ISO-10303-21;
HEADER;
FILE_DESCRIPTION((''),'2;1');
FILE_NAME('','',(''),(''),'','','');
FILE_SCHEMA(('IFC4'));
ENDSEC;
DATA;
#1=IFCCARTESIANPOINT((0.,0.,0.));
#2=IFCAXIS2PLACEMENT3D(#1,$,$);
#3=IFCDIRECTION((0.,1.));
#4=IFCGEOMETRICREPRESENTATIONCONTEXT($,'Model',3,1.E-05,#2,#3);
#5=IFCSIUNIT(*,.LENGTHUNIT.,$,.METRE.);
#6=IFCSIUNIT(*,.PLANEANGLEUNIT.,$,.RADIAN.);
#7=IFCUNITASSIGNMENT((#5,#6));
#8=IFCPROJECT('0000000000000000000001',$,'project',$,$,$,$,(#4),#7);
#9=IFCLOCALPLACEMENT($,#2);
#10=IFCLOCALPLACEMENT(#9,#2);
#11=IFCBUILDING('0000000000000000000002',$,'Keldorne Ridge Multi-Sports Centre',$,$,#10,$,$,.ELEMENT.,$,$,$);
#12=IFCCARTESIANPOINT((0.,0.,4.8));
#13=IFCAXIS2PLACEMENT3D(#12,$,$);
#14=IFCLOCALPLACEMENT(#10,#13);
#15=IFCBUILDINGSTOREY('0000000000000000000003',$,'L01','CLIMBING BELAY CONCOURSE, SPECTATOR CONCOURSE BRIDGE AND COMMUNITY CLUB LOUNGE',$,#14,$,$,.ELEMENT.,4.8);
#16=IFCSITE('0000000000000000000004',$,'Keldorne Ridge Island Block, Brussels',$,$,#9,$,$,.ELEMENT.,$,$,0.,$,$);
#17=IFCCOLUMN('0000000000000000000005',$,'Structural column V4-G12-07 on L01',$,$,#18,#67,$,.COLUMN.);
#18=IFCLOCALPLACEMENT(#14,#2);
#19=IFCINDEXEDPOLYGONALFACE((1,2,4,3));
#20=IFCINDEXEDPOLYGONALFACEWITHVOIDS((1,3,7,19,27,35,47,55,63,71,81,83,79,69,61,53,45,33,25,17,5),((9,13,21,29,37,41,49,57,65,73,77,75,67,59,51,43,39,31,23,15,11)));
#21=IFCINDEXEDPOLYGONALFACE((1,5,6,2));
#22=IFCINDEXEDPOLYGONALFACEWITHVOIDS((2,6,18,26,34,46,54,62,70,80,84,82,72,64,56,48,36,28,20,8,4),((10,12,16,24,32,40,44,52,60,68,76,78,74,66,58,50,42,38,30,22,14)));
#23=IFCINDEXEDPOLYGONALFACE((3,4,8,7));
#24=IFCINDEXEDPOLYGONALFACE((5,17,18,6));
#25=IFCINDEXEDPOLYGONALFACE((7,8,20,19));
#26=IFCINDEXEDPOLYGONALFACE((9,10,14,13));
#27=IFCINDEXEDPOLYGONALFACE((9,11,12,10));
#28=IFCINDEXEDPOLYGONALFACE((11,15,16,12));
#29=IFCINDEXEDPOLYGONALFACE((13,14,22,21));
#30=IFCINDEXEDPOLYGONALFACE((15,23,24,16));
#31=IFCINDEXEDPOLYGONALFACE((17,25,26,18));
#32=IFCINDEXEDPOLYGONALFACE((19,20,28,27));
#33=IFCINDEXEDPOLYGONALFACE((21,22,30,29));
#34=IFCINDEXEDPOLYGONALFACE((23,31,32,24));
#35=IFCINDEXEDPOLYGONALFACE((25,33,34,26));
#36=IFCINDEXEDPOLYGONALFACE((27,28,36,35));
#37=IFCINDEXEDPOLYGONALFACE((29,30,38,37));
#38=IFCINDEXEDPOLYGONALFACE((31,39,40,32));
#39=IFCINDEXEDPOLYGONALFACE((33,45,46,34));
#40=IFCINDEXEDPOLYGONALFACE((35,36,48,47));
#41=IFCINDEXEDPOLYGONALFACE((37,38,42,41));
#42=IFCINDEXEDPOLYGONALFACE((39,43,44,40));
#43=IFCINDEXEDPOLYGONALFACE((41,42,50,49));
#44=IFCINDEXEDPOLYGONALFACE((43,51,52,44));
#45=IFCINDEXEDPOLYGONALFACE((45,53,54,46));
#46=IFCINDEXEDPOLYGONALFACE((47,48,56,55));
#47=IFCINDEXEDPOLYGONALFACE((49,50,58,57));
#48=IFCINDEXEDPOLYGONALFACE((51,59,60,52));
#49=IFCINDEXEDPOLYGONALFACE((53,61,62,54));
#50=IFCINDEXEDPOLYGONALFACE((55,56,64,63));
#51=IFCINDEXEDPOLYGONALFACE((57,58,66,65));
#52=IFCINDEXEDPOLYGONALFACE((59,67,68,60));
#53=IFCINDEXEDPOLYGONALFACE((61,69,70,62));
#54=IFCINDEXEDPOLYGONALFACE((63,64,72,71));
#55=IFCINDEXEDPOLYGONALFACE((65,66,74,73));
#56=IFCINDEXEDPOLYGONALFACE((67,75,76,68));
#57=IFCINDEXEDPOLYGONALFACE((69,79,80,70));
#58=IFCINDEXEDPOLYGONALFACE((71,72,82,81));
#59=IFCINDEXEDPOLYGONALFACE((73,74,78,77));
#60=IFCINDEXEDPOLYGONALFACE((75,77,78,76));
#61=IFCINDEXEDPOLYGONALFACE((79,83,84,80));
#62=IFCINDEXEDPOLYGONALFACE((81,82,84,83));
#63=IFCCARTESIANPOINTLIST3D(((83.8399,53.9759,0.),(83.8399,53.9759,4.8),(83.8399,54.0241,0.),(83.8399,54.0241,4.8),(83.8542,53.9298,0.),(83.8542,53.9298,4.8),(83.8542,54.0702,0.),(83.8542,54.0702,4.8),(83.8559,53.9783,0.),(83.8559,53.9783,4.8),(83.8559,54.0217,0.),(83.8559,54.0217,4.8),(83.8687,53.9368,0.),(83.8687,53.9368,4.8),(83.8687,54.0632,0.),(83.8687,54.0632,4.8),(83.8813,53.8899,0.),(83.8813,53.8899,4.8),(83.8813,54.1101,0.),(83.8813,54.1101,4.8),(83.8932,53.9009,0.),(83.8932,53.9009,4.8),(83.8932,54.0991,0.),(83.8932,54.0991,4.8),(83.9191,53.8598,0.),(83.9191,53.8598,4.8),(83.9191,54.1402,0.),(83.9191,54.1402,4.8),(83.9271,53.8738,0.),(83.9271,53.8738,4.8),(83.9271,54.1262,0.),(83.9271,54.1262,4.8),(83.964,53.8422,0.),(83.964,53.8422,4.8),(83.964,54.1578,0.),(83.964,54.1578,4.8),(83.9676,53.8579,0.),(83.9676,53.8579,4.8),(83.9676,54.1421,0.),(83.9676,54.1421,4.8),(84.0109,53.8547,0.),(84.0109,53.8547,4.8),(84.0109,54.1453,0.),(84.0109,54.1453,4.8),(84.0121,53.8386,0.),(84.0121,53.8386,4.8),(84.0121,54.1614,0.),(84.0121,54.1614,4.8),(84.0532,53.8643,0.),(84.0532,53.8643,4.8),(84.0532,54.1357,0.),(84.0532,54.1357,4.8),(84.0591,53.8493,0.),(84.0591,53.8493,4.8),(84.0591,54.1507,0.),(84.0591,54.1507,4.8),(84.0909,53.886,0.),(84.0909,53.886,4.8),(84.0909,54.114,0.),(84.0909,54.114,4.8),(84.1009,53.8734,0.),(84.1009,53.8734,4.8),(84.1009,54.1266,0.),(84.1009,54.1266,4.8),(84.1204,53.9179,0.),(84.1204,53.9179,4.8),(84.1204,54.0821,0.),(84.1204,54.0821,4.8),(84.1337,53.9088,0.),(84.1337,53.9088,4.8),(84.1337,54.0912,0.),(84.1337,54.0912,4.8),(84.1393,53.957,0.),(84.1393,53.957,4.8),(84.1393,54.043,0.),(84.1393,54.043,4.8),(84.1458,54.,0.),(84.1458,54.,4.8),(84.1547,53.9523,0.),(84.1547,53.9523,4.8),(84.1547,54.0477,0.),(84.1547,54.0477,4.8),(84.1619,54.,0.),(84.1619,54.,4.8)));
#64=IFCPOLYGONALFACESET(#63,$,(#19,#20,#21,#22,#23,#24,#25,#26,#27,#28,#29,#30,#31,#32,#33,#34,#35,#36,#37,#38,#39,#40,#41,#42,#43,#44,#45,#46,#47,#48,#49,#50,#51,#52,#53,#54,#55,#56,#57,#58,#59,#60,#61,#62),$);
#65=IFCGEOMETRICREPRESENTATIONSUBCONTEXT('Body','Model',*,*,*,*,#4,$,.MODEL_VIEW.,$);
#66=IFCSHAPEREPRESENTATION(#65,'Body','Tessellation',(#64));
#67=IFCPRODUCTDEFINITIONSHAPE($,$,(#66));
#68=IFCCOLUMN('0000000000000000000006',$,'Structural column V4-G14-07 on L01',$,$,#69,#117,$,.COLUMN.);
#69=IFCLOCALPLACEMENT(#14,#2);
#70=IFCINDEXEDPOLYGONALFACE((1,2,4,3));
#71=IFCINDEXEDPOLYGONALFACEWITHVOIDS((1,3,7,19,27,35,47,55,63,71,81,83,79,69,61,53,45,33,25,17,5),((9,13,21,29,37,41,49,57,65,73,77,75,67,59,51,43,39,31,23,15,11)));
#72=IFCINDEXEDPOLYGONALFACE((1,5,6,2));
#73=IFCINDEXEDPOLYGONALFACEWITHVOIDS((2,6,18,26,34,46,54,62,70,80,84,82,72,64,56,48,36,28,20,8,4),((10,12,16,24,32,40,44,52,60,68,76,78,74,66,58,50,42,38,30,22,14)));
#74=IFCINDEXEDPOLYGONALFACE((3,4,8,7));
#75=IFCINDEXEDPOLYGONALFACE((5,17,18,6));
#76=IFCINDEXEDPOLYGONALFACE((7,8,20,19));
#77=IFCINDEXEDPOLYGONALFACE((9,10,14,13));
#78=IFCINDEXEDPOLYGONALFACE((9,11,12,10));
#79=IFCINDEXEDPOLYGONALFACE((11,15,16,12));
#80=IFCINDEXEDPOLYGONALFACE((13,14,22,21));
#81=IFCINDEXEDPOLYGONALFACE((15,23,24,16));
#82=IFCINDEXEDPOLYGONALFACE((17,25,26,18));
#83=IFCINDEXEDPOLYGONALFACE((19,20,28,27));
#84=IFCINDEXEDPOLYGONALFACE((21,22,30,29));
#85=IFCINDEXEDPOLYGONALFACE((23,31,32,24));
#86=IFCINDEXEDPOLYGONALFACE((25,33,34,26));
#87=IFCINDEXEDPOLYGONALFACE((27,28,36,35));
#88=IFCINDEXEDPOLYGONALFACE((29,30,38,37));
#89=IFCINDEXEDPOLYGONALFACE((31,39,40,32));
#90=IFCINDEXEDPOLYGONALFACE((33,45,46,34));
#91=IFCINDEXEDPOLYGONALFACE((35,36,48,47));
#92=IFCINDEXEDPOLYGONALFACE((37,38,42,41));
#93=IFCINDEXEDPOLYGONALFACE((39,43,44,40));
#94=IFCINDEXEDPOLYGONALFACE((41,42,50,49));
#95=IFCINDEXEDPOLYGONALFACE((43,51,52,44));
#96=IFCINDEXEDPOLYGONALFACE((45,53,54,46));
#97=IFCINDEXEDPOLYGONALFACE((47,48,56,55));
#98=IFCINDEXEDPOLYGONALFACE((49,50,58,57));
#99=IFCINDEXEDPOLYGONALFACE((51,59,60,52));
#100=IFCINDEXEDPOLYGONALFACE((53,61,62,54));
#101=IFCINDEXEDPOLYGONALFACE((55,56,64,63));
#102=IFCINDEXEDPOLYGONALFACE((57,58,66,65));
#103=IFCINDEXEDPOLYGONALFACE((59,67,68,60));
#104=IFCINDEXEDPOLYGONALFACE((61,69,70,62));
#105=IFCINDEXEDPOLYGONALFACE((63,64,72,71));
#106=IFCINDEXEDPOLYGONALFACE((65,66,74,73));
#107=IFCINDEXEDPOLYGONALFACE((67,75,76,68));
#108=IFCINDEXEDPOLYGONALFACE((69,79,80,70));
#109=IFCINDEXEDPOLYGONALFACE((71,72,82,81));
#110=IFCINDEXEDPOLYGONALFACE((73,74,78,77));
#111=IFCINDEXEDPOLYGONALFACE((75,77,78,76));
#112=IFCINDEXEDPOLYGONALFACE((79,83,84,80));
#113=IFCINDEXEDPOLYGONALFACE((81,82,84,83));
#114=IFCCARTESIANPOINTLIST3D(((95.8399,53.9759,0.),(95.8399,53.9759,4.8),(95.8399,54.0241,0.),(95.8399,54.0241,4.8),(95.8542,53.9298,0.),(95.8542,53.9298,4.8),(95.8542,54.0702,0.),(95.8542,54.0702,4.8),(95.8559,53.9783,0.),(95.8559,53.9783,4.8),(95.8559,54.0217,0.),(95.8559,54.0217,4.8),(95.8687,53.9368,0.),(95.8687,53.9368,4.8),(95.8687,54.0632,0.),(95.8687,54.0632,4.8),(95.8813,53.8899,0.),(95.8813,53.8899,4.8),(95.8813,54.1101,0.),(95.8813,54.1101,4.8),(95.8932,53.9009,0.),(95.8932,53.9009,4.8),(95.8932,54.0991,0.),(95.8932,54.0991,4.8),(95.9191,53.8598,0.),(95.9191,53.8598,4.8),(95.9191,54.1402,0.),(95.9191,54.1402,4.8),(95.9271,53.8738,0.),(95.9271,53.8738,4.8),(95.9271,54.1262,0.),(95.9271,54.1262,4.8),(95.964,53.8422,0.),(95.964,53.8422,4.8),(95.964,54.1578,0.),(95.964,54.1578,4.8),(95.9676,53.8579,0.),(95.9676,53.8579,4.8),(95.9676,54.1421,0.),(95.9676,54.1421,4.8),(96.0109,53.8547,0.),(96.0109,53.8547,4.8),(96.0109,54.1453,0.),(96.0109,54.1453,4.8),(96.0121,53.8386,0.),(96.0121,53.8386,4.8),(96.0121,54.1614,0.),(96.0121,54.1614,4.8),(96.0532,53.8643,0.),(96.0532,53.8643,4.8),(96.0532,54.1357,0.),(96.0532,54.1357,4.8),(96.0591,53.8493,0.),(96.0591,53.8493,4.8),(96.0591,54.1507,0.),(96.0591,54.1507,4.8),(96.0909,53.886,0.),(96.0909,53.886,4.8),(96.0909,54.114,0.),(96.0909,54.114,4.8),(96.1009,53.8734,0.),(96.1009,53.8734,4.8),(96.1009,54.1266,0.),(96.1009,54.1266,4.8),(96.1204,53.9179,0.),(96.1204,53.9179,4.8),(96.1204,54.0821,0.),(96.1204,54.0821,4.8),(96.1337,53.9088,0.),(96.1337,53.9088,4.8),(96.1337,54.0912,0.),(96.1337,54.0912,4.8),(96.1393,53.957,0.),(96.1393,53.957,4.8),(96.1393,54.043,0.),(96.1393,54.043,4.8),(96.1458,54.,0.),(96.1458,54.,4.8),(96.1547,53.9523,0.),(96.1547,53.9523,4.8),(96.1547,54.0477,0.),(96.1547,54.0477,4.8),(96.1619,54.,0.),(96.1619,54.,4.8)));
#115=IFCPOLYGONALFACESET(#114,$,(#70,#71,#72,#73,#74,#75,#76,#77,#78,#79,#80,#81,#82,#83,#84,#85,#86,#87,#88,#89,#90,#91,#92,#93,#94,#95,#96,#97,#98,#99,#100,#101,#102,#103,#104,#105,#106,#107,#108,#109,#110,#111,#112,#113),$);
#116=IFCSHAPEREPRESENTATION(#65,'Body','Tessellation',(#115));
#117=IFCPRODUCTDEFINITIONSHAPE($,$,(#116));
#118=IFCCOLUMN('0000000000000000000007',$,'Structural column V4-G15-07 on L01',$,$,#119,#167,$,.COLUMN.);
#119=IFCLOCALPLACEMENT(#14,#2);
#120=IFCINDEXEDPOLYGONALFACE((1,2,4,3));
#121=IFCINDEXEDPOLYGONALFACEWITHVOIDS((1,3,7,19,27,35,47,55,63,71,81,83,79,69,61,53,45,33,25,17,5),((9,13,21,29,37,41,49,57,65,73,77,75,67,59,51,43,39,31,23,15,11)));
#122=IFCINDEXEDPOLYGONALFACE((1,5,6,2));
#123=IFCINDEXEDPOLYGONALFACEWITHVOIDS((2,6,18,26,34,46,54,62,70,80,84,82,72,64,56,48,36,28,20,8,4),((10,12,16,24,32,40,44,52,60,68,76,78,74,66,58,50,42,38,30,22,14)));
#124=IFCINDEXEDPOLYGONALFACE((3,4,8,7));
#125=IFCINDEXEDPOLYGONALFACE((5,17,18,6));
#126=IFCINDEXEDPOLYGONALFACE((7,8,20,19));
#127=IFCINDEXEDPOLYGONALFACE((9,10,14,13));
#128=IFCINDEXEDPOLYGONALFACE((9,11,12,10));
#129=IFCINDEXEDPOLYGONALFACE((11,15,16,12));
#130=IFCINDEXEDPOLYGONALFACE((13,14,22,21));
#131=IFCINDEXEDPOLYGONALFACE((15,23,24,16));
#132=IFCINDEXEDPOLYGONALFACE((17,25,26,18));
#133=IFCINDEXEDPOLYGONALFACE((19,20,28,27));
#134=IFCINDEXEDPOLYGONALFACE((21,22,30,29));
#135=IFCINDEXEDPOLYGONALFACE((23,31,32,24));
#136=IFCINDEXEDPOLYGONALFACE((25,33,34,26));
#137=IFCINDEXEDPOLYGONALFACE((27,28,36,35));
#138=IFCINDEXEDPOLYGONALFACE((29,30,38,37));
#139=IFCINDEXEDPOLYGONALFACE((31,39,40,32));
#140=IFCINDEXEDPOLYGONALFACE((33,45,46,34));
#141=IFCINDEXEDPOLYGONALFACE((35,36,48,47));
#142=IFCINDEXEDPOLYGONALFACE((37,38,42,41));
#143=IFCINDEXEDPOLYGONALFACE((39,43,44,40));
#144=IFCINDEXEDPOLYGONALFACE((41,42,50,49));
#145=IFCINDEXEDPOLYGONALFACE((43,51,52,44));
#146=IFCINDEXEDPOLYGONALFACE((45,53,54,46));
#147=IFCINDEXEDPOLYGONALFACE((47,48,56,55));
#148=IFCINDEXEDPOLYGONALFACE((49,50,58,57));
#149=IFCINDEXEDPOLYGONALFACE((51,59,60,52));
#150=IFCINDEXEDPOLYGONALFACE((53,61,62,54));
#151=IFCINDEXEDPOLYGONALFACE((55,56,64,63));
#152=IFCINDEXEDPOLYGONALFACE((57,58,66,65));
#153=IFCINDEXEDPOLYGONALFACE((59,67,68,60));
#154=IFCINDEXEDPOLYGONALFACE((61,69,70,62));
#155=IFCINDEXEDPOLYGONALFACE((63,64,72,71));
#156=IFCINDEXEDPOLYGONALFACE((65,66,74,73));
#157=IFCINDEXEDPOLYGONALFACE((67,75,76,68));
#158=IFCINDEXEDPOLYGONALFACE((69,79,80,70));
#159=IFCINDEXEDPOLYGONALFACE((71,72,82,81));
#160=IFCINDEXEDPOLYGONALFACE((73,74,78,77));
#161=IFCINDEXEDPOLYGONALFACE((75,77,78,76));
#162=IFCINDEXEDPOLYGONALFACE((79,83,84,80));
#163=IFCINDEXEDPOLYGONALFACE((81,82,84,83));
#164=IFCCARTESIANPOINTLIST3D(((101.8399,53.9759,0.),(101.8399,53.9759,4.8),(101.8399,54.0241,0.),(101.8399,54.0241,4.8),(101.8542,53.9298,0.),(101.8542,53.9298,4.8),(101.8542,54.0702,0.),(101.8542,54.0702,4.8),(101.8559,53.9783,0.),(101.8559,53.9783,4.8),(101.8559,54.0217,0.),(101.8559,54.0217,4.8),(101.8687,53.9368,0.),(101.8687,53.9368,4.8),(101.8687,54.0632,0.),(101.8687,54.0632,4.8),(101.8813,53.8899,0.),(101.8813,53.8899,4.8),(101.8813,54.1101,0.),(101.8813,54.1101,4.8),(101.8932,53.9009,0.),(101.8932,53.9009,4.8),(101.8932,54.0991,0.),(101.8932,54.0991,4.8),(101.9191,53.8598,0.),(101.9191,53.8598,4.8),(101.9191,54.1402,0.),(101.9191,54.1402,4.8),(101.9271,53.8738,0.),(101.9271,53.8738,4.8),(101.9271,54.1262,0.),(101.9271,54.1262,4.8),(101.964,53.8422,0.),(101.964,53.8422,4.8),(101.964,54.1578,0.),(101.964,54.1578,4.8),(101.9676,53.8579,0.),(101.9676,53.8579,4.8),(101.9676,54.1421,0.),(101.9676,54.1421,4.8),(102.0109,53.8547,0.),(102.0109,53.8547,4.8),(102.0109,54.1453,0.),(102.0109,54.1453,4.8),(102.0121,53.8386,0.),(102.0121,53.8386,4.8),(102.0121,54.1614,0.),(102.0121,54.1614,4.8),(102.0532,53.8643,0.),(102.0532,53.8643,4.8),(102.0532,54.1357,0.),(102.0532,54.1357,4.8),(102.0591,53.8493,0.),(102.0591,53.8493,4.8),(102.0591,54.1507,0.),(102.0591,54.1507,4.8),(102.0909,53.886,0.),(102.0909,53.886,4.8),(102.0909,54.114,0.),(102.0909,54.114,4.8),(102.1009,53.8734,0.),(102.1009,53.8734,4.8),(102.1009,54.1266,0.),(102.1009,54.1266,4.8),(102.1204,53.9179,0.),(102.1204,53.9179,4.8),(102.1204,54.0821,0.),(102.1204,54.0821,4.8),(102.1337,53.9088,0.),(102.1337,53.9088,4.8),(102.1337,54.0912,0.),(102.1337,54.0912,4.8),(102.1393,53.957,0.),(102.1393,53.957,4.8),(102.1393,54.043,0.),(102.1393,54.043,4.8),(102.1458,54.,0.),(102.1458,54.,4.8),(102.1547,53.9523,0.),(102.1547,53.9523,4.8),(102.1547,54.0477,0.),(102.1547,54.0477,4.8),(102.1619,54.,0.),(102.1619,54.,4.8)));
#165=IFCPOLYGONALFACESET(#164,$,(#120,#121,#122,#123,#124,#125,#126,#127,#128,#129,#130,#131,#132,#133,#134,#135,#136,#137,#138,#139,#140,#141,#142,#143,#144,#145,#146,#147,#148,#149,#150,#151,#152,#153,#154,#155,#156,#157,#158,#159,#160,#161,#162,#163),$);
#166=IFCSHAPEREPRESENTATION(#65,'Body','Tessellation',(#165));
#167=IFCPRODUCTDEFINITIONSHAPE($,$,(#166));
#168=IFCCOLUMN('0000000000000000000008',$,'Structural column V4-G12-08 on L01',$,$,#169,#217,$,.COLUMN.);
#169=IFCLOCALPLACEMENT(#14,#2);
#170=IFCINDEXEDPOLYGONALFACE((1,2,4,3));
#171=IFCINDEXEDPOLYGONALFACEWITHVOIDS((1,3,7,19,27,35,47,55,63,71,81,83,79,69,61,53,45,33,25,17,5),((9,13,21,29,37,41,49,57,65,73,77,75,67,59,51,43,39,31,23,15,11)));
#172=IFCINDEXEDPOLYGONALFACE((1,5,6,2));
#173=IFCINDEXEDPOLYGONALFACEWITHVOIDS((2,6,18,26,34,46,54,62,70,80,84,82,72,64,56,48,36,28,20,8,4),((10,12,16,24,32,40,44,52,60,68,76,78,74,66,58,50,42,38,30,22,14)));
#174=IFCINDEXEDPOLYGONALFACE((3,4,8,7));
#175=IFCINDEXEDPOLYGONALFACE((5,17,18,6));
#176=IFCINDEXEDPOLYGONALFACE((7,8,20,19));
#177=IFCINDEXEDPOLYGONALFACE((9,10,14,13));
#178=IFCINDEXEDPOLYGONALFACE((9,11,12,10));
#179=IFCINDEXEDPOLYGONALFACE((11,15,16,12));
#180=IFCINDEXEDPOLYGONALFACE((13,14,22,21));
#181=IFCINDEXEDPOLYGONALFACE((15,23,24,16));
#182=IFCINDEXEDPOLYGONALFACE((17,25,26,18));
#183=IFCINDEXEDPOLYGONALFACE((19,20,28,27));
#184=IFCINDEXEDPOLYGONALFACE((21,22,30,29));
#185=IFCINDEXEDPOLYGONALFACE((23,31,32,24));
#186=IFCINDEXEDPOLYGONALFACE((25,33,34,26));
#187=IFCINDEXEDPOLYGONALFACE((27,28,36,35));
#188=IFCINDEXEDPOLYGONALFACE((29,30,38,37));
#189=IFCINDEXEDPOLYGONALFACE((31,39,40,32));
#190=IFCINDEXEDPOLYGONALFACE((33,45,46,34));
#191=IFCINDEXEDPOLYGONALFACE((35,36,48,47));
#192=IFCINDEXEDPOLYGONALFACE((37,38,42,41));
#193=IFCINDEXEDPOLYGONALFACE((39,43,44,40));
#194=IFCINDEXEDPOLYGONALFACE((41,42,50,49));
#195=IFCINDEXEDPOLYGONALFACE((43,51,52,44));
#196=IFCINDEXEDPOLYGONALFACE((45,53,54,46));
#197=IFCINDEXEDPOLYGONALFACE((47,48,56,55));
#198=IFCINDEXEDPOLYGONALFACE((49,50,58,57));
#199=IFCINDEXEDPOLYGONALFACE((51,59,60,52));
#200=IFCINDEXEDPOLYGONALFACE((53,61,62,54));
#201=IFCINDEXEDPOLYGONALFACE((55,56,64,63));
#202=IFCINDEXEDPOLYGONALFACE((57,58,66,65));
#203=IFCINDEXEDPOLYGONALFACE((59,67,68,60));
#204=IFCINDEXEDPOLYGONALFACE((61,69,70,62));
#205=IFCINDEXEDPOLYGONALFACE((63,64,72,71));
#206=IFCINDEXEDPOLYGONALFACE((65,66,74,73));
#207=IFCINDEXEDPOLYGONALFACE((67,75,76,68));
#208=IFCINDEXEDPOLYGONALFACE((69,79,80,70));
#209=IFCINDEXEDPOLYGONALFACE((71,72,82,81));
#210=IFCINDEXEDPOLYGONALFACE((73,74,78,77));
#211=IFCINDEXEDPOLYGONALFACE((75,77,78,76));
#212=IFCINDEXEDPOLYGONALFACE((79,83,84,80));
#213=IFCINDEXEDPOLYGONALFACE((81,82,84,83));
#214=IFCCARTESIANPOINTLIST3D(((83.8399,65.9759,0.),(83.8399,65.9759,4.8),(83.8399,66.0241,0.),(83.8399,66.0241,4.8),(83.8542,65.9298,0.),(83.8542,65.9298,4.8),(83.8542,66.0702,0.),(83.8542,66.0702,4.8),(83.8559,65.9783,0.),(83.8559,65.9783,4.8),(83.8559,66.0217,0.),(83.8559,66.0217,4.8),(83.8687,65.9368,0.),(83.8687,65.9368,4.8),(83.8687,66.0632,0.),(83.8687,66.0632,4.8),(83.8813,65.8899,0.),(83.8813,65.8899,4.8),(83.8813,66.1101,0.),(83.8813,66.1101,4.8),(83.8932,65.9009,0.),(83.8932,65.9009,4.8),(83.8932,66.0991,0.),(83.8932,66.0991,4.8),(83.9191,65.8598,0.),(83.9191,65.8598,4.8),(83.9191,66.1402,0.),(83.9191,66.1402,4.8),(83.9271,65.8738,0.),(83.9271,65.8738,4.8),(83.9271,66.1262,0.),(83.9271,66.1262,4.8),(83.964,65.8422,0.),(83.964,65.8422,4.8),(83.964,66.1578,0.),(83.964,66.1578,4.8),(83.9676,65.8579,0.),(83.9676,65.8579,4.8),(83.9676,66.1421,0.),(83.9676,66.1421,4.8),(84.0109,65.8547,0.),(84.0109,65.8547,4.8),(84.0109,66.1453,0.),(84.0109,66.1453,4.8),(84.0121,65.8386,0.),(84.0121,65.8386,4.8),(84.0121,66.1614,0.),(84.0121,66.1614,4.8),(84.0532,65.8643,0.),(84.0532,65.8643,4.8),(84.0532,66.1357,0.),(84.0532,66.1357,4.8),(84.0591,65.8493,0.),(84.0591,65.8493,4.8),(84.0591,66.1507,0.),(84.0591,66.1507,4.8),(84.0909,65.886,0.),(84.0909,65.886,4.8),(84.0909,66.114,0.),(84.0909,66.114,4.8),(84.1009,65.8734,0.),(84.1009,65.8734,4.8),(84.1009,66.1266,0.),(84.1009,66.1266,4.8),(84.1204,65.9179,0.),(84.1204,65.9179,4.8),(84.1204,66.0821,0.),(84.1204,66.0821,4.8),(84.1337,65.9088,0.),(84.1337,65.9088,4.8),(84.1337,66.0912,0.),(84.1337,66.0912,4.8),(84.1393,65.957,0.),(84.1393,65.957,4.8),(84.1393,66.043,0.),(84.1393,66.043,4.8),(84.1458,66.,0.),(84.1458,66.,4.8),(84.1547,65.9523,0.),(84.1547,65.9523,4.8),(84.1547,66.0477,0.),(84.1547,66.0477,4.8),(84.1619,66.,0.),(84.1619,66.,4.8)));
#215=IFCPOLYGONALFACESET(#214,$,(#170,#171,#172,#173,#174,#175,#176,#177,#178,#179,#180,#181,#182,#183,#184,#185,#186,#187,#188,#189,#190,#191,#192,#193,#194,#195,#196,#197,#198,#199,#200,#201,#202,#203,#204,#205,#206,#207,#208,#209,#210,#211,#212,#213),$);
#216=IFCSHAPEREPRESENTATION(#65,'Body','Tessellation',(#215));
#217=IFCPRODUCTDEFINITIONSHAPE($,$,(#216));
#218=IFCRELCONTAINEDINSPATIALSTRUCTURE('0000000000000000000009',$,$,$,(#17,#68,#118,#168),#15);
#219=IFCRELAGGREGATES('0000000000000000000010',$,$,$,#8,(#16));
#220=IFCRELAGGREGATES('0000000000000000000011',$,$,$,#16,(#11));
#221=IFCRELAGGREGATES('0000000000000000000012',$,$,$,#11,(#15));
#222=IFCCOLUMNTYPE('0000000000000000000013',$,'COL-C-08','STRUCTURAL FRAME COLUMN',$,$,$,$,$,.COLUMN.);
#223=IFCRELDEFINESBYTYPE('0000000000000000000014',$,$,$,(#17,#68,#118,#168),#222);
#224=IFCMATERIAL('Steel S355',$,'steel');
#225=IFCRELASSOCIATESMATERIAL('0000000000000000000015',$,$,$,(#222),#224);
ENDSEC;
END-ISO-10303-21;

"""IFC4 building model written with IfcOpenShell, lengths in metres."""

from ifc_helpers import new_model, si_unit, direction, frame, origin, origin_2d, place, context, subcontext, project, spatial, hollow_circle, extrude, material, material_profile, profile_set, type_object, element, save


model = new_model("IFC4")

# Units and contexts
model_context = context("Model", 3, precision=1e-05, world=origin(), true_north=direction((0.0, 1.0)))
body_context = subcontext(model_context, "Body", "Model", "MODEL_VIEW")
ifc_project = project(units=[si_unit("LENGTHUNIT", "METRE"), si_unit("PLANEANGLEUNIT", "RADIAN")], contexts=[model_context])

# Site, building, storey
site_placement = place(None, origin())
site = spatial("IfcSite", under=ifc_project, at=site_placement, Name="Keldorne Ridge Island Block, Brussels", CompositionType="ELEMENT", RefElevation=0.0)
building_placement = place(site_placement, origin())
building = spatial("IfcBuilding", under=site, at=building_placement, Name="Keldorne Ridge Multi-Sports Centre", CompositionType="ELEMENT")
storey_placement = place(building_placement, frame((0.0, 0.0, 4.8)))
storey = spatial("IfcBuildingStorey", under=building, at=storey_placement, Name="L01", Description="CLIMBING BELAY CONCOURSE, SPECTATOR CONCOURSE BRIDGE AND COMMUNITY CLUB LOUNGE", CompositionType="ELEMENT", Elevation=4.8)

# Columns
ifc_material_1 = material(Name="Steel S355", Category="steel")
ifc_material_profile_1 = material_profile(ifc_material_1, hollow_circle(Radius=0.1619, WallThickness=0.0161, at=origin_2d()), Name="CHS 323.9x16")
ifc_profile_set_1 = profile_set([ifc_material_profile_1], Name="Steel S355")
column_type = type_object("IfcColumnType", Name="COL-C-08", Description="STRUCTURAL FRAME COLUMN", PredefinedType="COLUMN", material=ifc_profile_set_1)
for number, where, z_axis, x_axis, name in (
    (1, (84.0, 54.0, 0.0), (0.0, 0.0, 1.0), (1.0, 0.0, 0.0), "Structural column V4-G12-07 on L01"),
    (2, (96.0, 54.0, 0.0), (0.0, 0.0, 1.0), (1.0, 0.0, 0.0), "Structural column V4-G14-07 on L01"),
    (3, (102.0, 54.0, 0.0), (0.0, 0.0, 1.0), (1.0, 0.0, 0.0), "Structural column V4-G15-07 on L01"),
    (4, (84.0, 66.0, 0.0), (0.0, 0.0, 1.0), (1.0, 0.0, 0.0), "Structural column V4-G12-08 on L01"),
):
    element("IfcColumn", number, at=place(storey_placement, frame(where, z_axis=z_axis, x_axis=x_axis)), inside=storey, type_object=column_type, Name=name, PredefinedType="COLUMN", context=body_context, shape_type="SweptSolid", body=[
        extrude(hollow_circle(Radius=0.1619, WallThickness=0.0161, at=origin_2d()), origin(), (0.0, 0.0, 1.0), 4.8),
    ])

save(model, "model.ifc")
